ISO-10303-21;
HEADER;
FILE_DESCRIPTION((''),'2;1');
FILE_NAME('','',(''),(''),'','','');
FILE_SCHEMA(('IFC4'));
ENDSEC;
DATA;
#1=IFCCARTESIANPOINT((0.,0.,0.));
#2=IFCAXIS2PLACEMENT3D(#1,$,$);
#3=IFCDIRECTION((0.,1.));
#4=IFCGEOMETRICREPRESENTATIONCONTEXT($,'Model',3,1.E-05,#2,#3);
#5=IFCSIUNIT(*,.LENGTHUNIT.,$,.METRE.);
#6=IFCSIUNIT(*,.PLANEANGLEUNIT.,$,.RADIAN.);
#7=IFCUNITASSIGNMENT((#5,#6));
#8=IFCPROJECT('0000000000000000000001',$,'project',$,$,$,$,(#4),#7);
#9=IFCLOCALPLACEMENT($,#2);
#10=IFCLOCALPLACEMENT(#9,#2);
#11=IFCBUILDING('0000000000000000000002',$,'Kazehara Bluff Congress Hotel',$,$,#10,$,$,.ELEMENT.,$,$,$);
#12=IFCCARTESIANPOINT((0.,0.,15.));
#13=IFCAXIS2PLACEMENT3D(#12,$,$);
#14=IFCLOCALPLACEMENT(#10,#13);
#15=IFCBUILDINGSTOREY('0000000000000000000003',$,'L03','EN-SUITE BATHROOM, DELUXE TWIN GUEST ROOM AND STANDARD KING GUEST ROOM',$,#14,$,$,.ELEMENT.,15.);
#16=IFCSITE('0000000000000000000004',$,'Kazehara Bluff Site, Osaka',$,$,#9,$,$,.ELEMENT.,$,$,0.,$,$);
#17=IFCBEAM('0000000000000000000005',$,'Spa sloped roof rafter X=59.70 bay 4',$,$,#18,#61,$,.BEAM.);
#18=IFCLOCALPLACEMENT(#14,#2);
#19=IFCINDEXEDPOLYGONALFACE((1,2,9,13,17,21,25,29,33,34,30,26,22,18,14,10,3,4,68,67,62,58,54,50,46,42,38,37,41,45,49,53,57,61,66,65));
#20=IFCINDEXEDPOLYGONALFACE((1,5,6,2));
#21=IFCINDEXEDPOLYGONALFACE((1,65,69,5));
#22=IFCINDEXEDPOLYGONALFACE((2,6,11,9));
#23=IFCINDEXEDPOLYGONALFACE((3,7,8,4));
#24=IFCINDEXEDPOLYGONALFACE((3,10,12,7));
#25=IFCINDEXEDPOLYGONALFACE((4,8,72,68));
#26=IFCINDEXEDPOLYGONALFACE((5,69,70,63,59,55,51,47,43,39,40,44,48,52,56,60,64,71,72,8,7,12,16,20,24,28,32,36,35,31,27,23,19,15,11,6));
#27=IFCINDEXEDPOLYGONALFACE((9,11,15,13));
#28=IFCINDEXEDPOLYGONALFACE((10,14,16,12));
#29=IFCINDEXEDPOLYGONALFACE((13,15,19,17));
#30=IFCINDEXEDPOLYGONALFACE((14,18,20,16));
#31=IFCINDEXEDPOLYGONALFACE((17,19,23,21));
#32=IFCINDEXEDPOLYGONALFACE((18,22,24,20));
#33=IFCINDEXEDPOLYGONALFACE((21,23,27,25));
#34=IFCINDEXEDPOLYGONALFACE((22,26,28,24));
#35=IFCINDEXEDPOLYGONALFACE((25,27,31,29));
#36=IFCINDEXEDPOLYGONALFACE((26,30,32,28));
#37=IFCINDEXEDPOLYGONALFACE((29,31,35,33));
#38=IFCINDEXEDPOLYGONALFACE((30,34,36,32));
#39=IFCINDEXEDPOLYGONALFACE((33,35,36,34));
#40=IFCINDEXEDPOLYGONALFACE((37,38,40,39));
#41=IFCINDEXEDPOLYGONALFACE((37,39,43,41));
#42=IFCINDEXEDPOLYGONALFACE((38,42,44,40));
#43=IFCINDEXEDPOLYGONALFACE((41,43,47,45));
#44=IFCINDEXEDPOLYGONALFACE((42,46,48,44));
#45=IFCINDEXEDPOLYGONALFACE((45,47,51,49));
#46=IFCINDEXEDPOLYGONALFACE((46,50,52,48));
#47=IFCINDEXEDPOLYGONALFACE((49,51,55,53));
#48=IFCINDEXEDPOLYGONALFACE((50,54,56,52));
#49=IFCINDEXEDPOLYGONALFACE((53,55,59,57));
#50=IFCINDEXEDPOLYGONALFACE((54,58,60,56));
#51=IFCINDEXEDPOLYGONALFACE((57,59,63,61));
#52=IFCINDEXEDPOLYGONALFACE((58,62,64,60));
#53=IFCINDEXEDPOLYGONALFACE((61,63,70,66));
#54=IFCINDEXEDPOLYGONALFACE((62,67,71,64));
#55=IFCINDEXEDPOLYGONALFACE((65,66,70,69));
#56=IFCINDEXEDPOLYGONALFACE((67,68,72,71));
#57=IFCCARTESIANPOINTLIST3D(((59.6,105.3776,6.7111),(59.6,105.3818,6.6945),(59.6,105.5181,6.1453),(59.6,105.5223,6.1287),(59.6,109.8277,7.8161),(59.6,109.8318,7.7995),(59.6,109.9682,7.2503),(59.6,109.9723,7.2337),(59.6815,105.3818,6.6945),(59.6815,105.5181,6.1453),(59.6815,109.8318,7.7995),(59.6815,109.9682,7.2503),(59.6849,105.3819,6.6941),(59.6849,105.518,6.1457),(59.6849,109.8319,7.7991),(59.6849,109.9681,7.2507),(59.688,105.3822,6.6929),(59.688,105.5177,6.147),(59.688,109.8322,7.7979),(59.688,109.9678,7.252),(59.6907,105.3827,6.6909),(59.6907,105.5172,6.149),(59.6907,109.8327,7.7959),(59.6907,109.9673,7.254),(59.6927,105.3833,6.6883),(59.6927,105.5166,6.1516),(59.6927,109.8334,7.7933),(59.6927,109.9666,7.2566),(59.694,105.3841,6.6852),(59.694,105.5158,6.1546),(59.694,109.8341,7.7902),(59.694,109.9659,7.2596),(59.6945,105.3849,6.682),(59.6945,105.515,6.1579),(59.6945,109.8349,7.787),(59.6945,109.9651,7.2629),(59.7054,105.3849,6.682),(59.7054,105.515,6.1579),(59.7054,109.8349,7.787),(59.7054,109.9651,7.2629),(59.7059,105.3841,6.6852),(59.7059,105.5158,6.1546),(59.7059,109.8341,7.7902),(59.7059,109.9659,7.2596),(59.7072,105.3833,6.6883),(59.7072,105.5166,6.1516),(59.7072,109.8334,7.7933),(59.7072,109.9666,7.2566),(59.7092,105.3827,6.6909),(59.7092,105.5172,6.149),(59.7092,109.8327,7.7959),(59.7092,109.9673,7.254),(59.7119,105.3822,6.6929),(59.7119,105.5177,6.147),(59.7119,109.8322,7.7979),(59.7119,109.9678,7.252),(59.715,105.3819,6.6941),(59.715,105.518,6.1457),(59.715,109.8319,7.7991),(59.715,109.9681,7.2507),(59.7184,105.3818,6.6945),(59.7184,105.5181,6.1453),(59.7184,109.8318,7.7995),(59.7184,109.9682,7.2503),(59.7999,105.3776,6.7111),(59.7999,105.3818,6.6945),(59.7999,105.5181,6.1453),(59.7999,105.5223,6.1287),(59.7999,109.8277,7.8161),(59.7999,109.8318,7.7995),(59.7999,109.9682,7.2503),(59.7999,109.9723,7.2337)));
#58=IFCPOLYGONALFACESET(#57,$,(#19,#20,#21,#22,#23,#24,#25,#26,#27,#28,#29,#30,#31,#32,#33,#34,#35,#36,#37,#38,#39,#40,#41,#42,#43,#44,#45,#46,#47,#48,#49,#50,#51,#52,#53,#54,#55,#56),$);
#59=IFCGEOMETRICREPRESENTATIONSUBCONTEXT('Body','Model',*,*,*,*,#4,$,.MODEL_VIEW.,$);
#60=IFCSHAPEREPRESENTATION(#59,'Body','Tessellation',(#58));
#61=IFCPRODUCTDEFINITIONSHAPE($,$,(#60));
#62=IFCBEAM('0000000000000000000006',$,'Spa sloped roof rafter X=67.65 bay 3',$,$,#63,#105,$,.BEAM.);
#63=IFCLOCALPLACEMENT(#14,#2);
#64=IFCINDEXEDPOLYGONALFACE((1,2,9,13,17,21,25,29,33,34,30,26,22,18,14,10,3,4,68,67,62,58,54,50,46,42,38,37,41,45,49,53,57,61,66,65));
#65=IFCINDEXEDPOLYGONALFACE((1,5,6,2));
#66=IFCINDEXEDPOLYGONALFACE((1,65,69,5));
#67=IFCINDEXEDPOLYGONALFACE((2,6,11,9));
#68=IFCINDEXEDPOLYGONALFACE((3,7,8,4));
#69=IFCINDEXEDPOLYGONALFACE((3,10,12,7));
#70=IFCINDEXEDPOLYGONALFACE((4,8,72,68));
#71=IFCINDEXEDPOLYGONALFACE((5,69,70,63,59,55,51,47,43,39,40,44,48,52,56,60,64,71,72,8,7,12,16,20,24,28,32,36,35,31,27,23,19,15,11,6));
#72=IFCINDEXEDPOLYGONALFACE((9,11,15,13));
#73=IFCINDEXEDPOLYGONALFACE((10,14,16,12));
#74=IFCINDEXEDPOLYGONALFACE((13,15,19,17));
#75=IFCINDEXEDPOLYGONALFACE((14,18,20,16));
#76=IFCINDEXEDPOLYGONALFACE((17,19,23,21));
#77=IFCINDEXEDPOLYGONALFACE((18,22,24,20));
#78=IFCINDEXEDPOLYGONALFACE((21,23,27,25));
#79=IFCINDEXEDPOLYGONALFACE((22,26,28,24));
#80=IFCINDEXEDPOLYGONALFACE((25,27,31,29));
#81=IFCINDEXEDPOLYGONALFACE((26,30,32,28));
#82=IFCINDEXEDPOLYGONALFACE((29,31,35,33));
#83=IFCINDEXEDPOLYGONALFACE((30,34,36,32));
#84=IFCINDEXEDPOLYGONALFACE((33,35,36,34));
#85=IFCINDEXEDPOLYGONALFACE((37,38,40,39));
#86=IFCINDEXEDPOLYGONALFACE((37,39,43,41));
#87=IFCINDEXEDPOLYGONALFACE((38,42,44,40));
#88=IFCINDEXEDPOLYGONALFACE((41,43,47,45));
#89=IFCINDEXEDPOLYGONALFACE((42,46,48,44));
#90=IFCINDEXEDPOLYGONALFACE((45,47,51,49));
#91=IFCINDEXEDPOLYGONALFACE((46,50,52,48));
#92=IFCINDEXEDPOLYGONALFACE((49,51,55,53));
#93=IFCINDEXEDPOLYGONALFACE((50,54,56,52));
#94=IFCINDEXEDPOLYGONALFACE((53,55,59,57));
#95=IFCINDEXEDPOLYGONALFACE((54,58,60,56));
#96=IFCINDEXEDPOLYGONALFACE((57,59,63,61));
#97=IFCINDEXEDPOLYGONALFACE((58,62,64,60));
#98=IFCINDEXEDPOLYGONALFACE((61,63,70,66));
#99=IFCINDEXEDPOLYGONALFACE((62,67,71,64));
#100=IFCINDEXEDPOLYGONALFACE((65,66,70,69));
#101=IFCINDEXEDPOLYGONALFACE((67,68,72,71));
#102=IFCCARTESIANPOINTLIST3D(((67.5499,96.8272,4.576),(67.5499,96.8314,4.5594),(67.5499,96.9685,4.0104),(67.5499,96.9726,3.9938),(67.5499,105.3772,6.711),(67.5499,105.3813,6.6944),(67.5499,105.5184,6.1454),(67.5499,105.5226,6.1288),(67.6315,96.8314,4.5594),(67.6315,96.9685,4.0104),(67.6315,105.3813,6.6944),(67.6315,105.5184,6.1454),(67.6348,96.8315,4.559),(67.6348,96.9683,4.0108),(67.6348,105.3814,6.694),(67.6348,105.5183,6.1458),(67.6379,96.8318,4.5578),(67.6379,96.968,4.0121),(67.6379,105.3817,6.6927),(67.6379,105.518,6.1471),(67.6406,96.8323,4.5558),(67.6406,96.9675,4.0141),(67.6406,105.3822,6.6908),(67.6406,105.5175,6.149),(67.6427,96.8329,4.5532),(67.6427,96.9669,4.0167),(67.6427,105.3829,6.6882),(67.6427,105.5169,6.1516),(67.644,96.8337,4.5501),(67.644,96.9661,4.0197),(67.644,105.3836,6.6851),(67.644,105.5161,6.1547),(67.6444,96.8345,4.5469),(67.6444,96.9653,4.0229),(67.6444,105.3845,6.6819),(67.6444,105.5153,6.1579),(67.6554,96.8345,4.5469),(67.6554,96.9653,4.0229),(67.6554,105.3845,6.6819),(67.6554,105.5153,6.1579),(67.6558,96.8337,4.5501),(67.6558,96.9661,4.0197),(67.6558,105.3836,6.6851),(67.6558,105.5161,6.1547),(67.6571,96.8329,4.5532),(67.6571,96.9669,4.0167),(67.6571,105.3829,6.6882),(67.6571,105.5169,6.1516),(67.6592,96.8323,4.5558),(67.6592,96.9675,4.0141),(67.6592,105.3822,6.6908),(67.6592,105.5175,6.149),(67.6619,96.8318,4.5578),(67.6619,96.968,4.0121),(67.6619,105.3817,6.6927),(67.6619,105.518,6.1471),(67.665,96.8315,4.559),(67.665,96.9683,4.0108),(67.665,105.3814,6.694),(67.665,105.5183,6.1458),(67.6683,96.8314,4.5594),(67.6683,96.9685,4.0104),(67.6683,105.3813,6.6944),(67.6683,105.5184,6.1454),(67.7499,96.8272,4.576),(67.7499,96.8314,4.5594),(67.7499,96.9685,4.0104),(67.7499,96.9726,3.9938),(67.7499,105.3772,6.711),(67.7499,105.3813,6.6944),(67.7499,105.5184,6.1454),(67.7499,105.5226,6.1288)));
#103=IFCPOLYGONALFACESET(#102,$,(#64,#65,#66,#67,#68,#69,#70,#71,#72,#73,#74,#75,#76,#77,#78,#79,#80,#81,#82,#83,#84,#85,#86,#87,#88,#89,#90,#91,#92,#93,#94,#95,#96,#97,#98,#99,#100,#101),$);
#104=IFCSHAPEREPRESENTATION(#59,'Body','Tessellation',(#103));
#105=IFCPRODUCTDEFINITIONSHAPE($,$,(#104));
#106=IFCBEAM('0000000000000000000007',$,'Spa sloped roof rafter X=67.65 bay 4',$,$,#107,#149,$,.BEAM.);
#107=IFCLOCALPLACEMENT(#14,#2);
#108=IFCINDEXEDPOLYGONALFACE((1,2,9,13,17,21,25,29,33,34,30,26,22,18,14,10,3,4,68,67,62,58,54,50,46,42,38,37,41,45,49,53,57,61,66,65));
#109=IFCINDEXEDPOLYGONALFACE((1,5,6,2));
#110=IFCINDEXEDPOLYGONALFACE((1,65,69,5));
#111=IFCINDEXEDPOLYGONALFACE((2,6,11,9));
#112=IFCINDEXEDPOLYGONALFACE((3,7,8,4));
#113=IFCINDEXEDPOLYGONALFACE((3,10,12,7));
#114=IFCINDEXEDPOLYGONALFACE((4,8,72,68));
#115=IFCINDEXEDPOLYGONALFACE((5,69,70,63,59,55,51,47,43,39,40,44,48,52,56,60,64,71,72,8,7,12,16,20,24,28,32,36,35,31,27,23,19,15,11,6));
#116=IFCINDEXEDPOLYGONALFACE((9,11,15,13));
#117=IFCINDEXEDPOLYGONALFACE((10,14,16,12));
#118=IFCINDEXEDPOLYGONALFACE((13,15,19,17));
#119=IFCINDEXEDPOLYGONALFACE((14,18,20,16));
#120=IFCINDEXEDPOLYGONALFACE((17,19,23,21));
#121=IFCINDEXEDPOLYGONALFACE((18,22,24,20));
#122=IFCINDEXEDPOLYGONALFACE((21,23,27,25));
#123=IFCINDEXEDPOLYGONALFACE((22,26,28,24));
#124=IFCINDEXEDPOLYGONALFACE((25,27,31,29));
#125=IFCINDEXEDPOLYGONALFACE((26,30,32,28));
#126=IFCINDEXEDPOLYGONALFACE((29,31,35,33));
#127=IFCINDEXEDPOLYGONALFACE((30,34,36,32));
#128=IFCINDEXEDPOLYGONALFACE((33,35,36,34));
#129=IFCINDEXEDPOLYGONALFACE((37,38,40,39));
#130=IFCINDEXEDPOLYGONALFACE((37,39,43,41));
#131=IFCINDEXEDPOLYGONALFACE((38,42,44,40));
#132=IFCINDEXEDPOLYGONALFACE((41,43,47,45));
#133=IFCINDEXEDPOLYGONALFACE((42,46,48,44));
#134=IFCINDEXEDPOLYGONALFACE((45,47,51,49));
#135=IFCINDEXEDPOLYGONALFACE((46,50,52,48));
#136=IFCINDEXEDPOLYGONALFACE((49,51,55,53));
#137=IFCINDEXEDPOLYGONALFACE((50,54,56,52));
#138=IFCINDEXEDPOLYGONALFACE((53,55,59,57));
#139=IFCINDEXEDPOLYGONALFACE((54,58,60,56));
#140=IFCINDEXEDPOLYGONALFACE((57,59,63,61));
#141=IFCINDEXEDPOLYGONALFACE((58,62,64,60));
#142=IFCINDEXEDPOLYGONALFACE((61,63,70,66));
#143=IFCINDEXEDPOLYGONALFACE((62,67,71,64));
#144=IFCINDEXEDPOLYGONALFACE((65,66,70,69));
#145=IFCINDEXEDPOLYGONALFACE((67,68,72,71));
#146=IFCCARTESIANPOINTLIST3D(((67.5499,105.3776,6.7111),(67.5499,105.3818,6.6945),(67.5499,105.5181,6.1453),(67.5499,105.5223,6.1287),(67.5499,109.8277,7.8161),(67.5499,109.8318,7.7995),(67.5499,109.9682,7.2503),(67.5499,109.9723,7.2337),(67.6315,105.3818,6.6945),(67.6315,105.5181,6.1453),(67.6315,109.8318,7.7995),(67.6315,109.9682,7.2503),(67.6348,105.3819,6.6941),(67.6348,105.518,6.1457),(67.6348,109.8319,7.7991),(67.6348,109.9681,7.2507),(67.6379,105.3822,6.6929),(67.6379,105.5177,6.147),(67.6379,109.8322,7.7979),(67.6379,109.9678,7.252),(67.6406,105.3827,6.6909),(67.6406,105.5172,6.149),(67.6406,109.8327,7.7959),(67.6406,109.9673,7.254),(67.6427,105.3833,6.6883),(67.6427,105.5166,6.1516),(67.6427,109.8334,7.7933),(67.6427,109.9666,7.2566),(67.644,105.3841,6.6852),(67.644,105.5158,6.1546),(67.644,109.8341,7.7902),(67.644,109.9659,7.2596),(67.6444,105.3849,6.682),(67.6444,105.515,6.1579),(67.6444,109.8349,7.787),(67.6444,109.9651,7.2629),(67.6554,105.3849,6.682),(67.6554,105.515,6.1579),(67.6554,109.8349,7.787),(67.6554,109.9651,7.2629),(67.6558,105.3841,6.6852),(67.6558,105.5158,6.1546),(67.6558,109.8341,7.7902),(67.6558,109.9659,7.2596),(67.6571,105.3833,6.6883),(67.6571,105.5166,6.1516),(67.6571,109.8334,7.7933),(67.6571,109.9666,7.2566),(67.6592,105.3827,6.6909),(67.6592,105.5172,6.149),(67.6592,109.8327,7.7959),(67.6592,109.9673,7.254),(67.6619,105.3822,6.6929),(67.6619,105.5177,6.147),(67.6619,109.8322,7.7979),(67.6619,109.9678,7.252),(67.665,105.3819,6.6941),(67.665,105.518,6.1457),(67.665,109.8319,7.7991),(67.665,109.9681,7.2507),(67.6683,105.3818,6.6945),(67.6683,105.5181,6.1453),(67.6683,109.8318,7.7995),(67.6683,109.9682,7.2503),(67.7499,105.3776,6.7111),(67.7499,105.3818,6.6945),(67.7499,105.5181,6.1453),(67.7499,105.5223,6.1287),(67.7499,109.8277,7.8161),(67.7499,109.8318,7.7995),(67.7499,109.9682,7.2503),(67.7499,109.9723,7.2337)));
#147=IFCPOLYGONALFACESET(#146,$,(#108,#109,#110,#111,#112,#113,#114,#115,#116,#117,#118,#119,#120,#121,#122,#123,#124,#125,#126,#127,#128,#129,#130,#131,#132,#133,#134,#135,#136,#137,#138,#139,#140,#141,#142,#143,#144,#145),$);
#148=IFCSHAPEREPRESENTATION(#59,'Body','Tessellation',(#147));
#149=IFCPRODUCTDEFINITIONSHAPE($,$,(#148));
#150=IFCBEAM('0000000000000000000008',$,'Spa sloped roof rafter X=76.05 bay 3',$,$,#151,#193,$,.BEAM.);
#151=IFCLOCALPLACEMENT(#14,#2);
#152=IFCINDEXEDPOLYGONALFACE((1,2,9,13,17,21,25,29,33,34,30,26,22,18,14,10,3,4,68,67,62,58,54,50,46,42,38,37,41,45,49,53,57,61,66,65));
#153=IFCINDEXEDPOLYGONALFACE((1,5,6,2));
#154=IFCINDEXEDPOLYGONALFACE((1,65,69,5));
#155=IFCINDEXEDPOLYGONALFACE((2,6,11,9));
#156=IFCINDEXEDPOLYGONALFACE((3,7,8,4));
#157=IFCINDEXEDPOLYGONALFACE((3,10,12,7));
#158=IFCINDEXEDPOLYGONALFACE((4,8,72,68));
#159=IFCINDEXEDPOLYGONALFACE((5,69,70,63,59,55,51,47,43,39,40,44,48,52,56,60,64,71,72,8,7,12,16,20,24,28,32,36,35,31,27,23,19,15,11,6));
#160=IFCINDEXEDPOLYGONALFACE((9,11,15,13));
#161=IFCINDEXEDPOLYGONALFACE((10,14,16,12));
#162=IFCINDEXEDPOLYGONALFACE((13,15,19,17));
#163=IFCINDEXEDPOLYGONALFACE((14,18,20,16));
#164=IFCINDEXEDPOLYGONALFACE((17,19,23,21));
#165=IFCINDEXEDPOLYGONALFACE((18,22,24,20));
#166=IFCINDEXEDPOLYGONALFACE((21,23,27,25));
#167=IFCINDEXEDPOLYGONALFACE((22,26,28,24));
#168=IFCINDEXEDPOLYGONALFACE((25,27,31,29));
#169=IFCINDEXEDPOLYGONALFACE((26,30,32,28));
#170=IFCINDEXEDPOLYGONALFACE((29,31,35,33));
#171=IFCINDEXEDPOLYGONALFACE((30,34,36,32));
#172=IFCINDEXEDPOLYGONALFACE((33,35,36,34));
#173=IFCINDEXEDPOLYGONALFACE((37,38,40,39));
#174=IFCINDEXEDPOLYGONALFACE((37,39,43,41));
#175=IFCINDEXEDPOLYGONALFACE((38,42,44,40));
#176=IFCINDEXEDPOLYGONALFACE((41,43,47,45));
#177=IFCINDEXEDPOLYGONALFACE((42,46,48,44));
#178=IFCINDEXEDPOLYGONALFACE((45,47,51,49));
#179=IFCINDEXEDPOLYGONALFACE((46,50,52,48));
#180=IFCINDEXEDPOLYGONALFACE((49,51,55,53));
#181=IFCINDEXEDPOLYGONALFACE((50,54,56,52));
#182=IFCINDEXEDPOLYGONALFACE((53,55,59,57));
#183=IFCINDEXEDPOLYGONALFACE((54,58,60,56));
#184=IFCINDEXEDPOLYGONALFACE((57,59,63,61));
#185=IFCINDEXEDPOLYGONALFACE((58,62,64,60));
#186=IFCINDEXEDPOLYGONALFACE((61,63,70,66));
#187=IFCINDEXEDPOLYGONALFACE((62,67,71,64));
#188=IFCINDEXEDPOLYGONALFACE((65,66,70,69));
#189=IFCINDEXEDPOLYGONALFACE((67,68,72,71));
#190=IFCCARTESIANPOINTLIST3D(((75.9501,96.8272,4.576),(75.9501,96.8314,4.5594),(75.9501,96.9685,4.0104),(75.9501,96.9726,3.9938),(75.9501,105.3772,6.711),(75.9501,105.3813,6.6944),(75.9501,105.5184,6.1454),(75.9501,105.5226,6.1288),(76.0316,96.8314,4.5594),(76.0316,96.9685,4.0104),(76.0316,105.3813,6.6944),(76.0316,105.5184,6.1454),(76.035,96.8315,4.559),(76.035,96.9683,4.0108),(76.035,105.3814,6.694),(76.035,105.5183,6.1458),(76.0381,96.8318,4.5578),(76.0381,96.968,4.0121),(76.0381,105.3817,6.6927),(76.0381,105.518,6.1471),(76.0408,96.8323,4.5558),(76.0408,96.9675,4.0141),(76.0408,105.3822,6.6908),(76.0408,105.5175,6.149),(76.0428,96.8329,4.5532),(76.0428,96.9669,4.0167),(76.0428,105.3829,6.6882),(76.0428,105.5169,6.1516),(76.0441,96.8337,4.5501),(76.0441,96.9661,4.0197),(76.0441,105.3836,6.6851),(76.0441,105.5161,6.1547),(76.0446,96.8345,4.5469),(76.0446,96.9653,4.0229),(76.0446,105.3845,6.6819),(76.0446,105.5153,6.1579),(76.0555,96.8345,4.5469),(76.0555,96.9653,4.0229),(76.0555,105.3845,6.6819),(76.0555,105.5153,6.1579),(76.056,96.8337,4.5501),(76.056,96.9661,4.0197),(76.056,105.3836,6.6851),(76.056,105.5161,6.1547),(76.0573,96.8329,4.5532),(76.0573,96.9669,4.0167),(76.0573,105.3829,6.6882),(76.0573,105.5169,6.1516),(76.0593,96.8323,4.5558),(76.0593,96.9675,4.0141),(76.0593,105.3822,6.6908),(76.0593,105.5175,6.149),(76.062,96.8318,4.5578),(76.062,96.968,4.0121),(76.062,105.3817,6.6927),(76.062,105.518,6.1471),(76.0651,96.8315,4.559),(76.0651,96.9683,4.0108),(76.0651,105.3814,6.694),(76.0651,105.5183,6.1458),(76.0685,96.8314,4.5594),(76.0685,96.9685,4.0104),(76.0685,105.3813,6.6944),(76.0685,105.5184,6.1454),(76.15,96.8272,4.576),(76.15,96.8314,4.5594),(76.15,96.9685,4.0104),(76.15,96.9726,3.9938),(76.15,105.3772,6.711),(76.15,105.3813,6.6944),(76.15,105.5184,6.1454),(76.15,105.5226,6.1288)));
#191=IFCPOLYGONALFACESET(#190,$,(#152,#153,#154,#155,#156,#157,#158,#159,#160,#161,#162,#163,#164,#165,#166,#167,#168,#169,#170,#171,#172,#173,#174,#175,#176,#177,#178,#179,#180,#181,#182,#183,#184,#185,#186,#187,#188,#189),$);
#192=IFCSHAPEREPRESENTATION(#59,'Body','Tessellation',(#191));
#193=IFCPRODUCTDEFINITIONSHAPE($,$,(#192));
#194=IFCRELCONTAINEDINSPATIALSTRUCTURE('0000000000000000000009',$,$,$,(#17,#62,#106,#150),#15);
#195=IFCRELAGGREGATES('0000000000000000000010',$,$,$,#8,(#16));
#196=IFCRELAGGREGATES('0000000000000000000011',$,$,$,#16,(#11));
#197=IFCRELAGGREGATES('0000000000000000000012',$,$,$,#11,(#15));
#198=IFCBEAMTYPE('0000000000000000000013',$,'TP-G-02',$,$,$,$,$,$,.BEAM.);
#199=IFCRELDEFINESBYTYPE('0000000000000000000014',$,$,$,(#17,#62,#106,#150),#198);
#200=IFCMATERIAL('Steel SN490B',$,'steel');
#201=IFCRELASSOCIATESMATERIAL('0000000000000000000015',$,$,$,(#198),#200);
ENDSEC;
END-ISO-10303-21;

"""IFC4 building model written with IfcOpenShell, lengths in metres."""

from ifc_helpers import new_model, si_unit, direction, frame, origin, origin_2d, place, context, subcontext, project, spatial, i_section, extrude, material, material_profile, profile_set, type_object, element, save


model = new_model("IFC4")

# Units and contexts
model_context = context("Model", 3, precision=1e-05, world=origin(), true_north=direction((0.0, 1.0)))
body_context = subcontext(model_context, "Body", "Model", "MODEL_VIEW")
ifc_project = project(units=[si_unit("LENGTHUNIT", "METRE"), si_unit("PLANEANGLEUNIT", "RADIAN")], contexts=[model_context])

# Site, building, storey
site_placement = place(None, origin())
site = spatial("IfcSite", under=ifc_project, at=site_placement, Name="Kazehara Bluff Site, Osaka", CompositionType="ELEMENT", RefElevation=0.0)
building_placement = place(site_placement, origin())
building = spatial("IfcBuilding", under=site, at=building_placement, Name="Kazehara Bluff Congress Hotel", CompositionType="ELEMENT")
storey_placement = place(building_placement, frame((0.0, 0.0, 15.0)))
storey = spatial("IfcBuildingStorey", under=building, at=storey_placement, Name="L03", Description="EN-SUITE BATHROOM, DELUXE TWIN GUEST ROOM AND STANDARD KING GUEST ROOM", CompositionType="ELEMENT", Elevation=15.0)

# Beams
ifc_material_1 = material(Name="Steel SN490B", Category="steel")
ifc_material_profile_1 = material_profile(ifc_material_1, i_section(OverallWidth=0.2, OverallDepth=0.6001, WebThickness=0.011, FlangeThickness=0.0171, FilletRadius=0.0129, at=origin_2d()))
ifc_profile_set_1 = profile_set([ifc_material_profile_1], Name="Steel SN490B")
beam_type_1 = type_object("IfcBeamType", Name="TP-G-02", PredefinedType="BEAM", material=ifc_profile_set_1)
beam_1_placement = place(storey_placement, frame((59.7, 105.45, 6.4199), z_axis=(0.0, 0.970527, 0.240994), x_axis=(-1.0, 0.0, 0.0)))
element("IfcBeam", 1, at=beam_1_placement, inside=storey, type_object=beam_type_1, Name="Spa sloped roof rafter X=59.70 bay 4", PredefinedType="BEAM", context=body_context, shape_type="SweptSolid", body=[
    extrude(i_section(OverallWidth=0.2, OverallDepth=0.6001, WebThickness=0.011, FlangeThickness=0.0171, FilletRadius=0.0129, at=origin_2d()), origin(), (0.0, 0.0, 1.0), 4.5852),
])
beam_2_placement = place(storey_placement, frame((67.6499, 96.8999, 4.2849), z_axis=(0.0, 0.970209, 0.242268), x_axis=(-1.0, 0.0, 0.0)))
element("IfcBeam", 2, at=beam_2_placement, inside=storey, type_object=beam_type_1, Name="Spa sloped roof rafter X=67.65 bay 3", PredefinedType="BEAM", context=body_context, shape_type="SweptSolid", body=[
    extrude(i_section(OverallWidth=0.2, OverallDepth=0.6001, WebThickness=0.011, FlangeThickness=0.0171, FilletRadius=0.0129, at=origin_2d()), origin(), (0.0, 0.0, 1.0), 8.8125),
])
beam_3_placement = place(storey_placement, frame((67.6499, 105.45, 6.4199), z_axis=(0.0, 0.970527, 0.240994), x_axis=(-1.0, 0.0, 0.0)))
element("IfcBeam", 3, at=beam_3_placement, inside=storey, type_object=beam_type_1, Name="Spa sloped roof rafter X=67.65 bay 4", PredefinedType="BEAM", context=body_context, shape_type="SweptSolid", body=[
    extrude(i_section(OverallWidth=0.2, OverallDepth=0.6001, WebThickness=0.011, FlangeThickness=0.0171, FilletRadius=0.0129, at=origin_2d()), origin(), (0.0, 0.0, 1.0), 4.5852),
])
beam_4_placement = place(storey_placement, frame((76.05, 96.8999, 4.2849), z_axis=(0.0, 0.970209, 0.242268), x_axis=(-1.0, 0.0, 0.0)))
element("IfcBeam", 4, at=beam_4_placement, inside=storey, type_object=beam_type_1, Name="Spa sloped roof rafter X=76.05 bay 3", PredefinedType="BEAM", context=body_context, shape_type="SweptSolid", body=[
    extrude(i_section(OverallWidth=0.2, OverallDepth=0.6001, WebThickness=0.011, FlangeThickness=0.0171, FilletRadius=0.0129, at=origin_2d()), origin(), (0.0, 0.0, 1.0), 8.8125),
])

save(model, "model.ifc")
